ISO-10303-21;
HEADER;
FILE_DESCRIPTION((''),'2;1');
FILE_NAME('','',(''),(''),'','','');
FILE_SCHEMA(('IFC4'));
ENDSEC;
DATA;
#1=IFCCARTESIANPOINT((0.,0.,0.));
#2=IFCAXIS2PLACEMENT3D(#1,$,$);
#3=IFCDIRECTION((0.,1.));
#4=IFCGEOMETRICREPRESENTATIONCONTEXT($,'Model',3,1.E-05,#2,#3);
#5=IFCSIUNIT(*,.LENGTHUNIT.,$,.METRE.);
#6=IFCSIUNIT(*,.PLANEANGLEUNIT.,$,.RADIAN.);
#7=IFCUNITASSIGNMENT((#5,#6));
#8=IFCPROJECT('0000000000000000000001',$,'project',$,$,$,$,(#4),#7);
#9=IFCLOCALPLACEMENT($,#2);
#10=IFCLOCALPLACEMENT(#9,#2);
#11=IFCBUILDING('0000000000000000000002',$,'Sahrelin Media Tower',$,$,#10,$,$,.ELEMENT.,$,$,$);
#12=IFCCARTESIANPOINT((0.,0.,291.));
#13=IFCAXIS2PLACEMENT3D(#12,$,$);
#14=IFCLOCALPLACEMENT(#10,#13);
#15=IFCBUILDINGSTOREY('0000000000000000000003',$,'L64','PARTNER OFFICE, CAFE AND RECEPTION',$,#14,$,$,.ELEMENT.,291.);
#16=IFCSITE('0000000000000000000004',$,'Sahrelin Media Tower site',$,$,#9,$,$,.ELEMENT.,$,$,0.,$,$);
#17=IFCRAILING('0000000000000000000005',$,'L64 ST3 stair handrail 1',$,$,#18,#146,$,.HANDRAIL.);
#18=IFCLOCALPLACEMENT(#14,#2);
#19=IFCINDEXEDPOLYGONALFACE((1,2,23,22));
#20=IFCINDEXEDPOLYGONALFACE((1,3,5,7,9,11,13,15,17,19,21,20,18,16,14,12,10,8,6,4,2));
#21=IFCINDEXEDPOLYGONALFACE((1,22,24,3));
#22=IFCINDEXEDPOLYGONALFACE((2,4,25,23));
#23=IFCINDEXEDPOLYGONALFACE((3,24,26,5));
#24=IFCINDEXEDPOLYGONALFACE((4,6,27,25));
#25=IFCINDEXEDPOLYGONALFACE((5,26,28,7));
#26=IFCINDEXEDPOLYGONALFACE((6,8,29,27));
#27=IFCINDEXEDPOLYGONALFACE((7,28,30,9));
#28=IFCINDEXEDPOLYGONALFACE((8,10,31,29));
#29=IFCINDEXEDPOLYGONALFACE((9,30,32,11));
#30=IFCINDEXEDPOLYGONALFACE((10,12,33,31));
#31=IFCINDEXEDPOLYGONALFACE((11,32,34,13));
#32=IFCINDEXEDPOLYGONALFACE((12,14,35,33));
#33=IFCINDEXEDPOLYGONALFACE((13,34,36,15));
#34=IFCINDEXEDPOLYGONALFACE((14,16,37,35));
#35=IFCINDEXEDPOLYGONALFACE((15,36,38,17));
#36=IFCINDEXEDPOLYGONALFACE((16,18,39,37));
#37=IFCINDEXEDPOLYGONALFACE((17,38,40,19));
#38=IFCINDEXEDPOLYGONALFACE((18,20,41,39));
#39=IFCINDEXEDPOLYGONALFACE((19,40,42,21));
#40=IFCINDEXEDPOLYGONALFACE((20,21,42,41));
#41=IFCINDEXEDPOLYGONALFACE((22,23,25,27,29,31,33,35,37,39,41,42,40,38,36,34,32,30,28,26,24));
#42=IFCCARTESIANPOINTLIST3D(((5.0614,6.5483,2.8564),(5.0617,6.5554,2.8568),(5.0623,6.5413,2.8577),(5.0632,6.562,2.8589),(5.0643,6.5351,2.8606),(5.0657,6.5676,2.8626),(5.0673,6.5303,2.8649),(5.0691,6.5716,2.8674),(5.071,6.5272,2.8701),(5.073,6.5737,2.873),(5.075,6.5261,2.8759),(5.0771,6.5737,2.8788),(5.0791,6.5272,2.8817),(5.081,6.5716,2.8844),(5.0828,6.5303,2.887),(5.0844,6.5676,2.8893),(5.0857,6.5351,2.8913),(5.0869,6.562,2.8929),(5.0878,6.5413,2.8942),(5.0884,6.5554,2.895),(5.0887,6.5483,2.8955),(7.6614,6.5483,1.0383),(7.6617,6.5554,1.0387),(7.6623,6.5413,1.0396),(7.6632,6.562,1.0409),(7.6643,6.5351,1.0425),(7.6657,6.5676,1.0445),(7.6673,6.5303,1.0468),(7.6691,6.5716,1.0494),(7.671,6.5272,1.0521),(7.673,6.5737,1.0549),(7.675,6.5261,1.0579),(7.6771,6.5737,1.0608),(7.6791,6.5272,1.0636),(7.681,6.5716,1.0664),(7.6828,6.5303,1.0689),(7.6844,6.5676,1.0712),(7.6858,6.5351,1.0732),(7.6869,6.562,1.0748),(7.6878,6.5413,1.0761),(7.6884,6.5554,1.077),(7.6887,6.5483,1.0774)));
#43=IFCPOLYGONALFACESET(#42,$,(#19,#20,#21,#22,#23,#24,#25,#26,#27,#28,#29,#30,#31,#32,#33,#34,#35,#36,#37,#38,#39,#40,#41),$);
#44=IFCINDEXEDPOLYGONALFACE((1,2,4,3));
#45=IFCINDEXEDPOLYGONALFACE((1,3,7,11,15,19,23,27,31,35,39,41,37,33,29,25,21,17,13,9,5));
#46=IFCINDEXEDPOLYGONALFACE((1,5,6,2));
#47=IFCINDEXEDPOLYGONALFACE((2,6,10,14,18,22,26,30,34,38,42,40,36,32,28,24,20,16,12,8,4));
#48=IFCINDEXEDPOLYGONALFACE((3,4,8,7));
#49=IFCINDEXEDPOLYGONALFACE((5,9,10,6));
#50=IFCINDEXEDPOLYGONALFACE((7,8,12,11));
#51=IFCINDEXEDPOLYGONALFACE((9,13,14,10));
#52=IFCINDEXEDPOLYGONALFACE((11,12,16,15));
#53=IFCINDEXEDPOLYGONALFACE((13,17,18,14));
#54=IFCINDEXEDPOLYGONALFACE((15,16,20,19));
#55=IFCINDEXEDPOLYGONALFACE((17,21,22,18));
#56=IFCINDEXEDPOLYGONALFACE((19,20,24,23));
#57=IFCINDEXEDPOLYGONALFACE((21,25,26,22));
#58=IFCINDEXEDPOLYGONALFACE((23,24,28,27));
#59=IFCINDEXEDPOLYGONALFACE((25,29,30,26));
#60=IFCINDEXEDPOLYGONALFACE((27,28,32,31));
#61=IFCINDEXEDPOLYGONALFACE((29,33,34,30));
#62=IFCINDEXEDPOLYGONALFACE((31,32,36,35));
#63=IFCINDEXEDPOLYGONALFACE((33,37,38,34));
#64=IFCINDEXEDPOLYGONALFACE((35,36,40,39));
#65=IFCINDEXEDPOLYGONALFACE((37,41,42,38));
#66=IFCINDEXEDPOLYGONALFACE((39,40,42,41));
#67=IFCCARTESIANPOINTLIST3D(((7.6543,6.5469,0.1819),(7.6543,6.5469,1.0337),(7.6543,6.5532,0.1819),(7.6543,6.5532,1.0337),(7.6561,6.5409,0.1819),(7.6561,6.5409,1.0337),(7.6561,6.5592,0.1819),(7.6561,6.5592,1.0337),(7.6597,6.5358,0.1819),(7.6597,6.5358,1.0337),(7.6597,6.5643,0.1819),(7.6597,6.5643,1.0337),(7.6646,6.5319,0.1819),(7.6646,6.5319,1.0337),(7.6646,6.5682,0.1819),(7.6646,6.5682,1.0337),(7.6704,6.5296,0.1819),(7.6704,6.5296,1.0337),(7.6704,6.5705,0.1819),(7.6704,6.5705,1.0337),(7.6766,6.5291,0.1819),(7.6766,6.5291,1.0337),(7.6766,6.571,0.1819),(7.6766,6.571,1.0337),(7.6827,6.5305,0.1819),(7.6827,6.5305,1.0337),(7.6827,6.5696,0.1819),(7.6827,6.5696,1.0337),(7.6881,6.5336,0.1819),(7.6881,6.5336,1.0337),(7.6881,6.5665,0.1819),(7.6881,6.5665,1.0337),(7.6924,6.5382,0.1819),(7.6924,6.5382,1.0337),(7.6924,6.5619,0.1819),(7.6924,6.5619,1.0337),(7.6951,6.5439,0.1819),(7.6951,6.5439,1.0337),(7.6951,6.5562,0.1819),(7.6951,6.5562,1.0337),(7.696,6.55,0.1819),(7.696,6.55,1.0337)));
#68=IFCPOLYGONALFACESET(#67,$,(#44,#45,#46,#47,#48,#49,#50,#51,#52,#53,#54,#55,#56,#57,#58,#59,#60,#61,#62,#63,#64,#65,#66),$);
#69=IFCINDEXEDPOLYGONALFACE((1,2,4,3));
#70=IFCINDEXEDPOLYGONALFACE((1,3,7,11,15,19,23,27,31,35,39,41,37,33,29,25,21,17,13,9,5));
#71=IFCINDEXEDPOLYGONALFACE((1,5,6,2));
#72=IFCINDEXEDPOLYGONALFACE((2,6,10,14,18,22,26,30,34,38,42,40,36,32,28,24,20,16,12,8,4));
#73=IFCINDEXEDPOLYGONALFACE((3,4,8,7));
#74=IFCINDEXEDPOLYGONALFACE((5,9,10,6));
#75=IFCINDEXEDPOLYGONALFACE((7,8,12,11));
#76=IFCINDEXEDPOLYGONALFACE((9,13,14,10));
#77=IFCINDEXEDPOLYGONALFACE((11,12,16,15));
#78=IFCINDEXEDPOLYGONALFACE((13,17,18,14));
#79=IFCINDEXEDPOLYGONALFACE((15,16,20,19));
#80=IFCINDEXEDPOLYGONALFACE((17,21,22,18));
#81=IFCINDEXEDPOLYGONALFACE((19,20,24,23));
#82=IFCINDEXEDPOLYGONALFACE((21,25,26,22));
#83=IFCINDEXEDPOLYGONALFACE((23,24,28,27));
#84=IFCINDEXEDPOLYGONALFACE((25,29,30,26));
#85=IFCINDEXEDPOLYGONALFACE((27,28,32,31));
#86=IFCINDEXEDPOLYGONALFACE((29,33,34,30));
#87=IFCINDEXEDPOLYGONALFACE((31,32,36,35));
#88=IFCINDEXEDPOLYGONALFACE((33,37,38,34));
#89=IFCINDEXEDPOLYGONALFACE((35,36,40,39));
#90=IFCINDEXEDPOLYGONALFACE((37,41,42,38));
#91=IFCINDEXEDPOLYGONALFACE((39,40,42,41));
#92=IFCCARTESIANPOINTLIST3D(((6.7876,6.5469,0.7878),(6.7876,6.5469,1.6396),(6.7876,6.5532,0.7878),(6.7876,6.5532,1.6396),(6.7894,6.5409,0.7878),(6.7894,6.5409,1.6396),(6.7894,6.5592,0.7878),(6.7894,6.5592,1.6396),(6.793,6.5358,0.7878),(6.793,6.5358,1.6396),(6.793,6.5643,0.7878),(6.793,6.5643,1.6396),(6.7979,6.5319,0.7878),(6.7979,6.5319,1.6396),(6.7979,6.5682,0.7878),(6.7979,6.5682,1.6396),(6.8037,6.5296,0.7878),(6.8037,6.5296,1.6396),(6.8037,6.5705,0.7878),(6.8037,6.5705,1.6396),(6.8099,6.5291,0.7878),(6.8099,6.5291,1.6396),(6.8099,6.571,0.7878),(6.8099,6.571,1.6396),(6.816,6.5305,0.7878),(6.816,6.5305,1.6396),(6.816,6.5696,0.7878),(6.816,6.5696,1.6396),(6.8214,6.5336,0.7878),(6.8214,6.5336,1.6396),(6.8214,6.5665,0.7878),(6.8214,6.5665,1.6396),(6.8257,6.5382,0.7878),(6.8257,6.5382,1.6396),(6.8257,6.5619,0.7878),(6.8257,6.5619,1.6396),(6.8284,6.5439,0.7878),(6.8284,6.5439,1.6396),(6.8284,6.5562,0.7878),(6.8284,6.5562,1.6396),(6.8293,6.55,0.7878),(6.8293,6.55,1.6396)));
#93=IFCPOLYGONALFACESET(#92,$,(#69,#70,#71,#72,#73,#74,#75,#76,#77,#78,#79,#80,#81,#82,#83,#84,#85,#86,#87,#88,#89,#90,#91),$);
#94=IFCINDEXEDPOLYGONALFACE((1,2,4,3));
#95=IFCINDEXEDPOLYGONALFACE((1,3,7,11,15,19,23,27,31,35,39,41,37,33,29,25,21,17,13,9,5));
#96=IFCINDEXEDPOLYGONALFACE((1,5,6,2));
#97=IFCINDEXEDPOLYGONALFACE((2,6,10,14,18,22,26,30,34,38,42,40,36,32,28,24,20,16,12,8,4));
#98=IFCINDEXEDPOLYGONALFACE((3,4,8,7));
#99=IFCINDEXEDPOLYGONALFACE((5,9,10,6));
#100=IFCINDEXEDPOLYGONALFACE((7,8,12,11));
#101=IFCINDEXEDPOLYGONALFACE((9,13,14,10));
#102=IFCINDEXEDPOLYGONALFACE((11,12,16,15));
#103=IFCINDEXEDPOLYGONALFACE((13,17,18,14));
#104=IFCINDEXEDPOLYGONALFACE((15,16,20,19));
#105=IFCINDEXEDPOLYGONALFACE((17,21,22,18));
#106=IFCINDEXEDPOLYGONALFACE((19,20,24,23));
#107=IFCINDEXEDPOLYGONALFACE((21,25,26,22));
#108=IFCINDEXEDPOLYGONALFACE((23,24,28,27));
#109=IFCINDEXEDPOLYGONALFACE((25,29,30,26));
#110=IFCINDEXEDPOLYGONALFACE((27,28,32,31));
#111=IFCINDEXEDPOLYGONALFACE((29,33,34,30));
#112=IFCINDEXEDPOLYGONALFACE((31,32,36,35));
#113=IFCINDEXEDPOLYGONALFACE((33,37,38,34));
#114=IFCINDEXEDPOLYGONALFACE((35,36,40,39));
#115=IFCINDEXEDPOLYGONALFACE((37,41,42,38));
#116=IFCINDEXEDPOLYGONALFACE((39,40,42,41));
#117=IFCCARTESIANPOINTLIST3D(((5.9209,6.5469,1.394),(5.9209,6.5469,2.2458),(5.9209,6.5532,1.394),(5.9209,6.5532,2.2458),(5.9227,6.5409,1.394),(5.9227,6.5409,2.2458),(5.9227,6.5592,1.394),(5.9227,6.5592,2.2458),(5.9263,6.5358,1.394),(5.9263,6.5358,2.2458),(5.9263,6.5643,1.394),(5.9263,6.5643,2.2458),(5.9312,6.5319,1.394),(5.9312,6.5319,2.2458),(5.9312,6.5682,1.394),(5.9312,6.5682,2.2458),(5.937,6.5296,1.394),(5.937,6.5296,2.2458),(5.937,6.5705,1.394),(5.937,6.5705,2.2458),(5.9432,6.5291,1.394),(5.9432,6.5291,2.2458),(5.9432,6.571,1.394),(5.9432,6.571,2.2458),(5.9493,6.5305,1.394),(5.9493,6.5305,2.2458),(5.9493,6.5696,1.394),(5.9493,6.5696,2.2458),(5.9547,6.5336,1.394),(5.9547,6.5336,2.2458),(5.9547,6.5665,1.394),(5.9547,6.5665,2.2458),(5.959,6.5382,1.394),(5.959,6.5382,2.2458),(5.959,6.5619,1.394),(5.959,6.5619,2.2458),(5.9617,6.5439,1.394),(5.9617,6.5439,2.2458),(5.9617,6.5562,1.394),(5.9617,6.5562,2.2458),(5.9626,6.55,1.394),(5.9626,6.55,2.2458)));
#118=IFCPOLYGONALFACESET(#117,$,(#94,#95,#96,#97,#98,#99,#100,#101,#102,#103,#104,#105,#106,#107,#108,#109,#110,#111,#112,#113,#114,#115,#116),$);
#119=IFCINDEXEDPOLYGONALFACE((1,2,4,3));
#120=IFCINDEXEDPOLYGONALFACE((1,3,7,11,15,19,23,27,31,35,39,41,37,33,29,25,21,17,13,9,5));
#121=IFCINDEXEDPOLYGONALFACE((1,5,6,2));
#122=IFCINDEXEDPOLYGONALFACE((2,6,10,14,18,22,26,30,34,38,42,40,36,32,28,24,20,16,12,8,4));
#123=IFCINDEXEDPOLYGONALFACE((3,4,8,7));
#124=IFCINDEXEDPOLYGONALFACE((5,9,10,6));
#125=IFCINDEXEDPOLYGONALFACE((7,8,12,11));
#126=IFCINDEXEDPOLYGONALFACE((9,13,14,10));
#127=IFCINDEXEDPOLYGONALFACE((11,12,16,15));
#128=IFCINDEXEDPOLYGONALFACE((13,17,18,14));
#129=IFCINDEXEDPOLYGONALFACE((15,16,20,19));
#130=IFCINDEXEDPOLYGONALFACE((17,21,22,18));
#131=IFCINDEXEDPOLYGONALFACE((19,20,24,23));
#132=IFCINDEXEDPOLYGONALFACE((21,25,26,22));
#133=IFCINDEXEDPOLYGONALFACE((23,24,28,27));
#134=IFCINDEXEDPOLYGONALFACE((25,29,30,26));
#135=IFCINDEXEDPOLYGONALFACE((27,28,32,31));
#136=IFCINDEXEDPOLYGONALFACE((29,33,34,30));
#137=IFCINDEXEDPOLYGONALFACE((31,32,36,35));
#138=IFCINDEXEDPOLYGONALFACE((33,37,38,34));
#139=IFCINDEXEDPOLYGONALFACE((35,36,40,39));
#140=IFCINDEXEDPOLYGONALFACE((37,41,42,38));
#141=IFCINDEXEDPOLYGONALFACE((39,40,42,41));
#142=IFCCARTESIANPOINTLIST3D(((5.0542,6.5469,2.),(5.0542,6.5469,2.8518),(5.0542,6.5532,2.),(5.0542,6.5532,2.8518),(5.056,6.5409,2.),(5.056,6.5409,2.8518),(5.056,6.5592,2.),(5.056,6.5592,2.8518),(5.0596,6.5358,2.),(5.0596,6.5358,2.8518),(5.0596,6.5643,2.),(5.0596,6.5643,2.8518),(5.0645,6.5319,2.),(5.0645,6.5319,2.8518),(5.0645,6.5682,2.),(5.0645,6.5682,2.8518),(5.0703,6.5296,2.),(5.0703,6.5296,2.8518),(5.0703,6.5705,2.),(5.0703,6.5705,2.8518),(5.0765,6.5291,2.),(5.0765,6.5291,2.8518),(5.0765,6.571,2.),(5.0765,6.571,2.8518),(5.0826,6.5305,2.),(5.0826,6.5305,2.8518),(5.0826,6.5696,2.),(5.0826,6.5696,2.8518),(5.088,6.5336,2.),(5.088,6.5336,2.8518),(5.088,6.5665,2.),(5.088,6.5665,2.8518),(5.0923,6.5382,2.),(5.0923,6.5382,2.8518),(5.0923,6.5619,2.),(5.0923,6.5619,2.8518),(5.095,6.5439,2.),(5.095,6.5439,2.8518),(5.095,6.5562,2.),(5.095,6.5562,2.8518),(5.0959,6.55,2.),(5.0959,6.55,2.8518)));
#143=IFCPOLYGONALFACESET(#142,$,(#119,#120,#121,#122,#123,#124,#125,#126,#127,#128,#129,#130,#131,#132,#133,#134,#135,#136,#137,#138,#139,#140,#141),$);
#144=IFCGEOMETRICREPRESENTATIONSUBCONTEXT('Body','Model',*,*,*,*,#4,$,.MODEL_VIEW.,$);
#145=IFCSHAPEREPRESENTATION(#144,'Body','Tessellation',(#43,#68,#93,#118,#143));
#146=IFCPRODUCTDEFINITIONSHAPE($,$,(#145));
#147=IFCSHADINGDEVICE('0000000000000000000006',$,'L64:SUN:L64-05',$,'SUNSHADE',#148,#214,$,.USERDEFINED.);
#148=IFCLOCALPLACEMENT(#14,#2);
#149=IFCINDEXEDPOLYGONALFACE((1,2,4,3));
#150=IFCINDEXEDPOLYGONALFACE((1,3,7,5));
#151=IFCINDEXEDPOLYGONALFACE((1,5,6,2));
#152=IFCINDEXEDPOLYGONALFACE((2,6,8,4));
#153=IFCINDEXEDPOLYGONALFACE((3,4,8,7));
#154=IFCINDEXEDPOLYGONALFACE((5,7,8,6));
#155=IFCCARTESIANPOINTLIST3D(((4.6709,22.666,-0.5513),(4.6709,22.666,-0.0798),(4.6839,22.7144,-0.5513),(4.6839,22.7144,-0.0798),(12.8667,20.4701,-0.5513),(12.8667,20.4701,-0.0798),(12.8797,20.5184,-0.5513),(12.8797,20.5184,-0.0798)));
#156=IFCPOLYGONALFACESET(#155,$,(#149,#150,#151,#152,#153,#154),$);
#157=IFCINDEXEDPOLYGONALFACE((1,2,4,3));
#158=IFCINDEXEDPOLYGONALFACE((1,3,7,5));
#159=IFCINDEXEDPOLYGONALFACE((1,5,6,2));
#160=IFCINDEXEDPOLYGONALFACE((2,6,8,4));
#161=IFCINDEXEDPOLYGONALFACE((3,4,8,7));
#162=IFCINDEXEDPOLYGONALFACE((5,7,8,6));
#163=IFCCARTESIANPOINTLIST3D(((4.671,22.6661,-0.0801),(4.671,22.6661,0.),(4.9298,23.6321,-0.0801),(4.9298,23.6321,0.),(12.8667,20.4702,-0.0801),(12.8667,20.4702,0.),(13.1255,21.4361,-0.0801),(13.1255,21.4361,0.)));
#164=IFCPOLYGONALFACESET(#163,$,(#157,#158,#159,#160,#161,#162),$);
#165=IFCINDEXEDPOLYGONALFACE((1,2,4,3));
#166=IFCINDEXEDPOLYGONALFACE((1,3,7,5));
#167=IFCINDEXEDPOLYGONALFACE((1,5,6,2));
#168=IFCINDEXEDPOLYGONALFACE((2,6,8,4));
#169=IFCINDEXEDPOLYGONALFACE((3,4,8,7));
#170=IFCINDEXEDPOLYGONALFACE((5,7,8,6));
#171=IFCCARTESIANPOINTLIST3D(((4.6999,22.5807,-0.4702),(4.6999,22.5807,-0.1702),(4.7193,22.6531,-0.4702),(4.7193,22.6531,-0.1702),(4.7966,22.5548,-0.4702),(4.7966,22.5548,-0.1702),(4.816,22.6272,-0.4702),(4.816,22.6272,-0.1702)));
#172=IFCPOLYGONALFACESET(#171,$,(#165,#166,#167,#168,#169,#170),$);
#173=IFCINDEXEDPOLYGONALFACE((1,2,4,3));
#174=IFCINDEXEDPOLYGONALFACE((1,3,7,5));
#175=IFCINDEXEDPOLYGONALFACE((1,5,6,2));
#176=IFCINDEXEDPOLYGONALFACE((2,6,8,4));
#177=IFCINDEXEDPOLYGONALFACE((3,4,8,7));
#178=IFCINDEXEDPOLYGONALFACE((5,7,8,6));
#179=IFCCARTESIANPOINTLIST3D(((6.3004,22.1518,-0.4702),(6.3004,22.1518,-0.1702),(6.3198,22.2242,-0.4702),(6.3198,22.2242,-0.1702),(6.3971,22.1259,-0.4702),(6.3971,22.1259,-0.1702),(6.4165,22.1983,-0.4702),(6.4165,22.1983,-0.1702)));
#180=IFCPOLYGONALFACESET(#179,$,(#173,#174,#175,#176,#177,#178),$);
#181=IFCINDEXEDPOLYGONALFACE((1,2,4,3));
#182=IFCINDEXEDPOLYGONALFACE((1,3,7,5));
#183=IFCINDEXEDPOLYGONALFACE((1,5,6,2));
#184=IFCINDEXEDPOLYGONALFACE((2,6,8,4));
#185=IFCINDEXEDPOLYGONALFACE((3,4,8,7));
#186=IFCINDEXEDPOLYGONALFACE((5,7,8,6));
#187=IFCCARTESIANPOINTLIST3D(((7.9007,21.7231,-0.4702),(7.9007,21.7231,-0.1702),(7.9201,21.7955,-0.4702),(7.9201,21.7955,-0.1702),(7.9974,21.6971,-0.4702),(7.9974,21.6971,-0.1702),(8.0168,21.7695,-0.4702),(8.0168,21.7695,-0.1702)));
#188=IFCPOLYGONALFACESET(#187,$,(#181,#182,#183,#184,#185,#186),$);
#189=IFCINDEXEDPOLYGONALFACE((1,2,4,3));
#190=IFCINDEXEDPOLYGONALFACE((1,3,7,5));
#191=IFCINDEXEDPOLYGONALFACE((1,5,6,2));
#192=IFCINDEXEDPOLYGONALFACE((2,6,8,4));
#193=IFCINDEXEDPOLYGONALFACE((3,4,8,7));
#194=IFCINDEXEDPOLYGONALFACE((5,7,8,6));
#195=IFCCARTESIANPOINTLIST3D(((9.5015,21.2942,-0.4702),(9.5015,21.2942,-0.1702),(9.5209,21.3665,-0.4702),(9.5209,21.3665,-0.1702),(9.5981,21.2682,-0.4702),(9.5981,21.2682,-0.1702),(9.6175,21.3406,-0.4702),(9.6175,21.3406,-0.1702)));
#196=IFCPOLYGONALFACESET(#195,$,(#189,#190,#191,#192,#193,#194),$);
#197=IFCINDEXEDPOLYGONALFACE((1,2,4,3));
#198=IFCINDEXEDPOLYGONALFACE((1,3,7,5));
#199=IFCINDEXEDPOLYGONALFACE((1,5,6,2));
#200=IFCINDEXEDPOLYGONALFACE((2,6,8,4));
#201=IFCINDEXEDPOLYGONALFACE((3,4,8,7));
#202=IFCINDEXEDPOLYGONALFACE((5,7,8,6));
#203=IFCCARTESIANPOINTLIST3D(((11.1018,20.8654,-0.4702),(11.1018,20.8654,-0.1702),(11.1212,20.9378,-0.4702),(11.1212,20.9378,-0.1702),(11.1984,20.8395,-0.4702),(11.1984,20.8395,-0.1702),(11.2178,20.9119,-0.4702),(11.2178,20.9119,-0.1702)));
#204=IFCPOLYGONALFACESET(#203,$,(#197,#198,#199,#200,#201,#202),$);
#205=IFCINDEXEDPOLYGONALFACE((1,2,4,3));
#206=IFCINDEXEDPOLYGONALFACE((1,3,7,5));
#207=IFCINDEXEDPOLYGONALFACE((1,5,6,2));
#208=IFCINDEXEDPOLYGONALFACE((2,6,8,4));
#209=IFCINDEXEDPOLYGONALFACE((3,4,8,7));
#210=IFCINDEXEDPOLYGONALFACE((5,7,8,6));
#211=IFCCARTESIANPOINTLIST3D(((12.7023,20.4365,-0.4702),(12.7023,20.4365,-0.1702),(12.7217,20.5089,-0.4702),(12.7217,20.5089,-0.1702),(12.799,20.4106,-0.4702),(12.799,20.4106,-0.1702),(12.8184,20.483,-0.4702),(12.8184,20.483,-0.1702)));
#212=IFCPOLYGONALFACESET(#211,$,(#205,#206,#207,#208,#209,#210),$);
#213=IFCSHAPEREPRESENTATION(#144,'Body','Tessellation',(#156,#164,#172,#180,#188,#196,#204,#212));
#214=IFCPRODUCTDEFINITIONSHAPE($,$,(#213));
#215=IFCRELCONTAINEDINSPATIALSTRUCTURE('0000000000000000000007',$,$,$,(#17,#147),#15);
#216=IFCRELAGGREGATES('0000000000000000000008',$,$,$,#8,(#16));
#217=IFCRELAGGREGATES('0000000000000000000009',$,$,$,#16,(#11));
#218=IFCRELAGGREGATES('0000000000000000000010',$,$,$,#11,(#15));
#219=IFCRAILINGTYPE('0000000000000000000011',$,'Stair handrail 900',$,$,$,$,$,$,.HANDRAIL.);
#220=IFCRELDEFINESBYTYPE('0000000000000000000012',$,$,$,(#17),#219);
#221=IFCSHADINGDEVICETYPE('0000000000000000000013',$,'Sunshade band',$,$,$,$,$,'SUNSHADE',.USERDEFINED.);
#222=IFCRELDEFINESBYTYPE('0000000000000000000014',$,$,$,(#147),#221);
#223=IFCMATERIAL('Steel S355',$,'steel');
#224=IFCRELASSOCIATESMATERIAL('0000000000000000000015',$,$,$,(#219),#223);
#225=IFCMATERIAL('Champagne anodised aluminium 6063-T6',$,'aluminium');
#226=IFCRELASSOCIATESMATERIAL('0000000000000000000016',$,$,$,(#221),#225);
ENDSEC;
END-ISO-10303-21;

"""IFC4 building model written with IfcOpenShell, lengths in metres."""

from ifc_helpers import new_model, si_unit, direction, frame, origin, origin_2d, place, context, subcontext, project, spatial, rectangle, circle, extrude, material, type_object, element, save


model = new_model("IFC4")

# Units and contexts
model_context = context("Model", 3, precision=1e-05, world=origin(), true_north=direction((0.0, 1.0)))
body_context = subcontext(model_context, "Body", "Model", "MODEL_VIEW")
ifc_project = project(units=[si_unit("LENGTHUNIT", "METRE"), si_unit("PLANEANGLEUNIT", "RADIAN")], contexts=[model_context])

# Site, building, storey
site_placement = place(None, origin())
site = spatial("IfcSite", under=ifc_project, at=site_placement, Name="Sahrelin Media Tower site", CompositionType="ELEMENT", RefElevation=0.0)
building_placement = place(site_placement, origin())
building = spatial("IfcBuilding", under=site, at=building_placement, Name="Sahrelin Media Tower", CompositionType="ELEMENT")
storey_placement = place(building_placement, frame((0.0, 0.0, 291.0)))
storey = spatial("IfcBuildingStorey", under=building, at=storey_placement, Name="L64", Description="PARTNER OFFICE, CAFE AND RECEPTION", CompositionType="ELEMENT", Elevation=291.0)

# Shared definitions
ifc_material_1 = material(Name="Steel S355", Category="steel")

# Shared definitions
ifc_material_2 = material(Name="Champagne anodised aluminium 6063-T6", Category="aluminium")

# Shared definitions
placement_1 = place(storey_placement, frame((8.7637, 21.5488, 0.0), z_axis=(0.0, 0.0, 1.0), x_axis=(0.965929, -0.258808, 0.0)))

# Railing
railing_type = type_object("IfcRailingType", Name="Stair handrail 900", PredefinedType="HANDRAIL", material=ifc_material_1)
railing_placement = place(storey_placement, frame((7.675, 6.55, 0.1819)))
element("IfcRailing", 1, at=railing_placement, inside=storey, type_object=railing_type, Name="L64 ST3 stair handrail 1", PredefinedType="HANDRAIL", context=body_context, shape_type="SweptSolid", body=[
    extrude(circle(Radius=0.0239, at=origin_2d()), frame((0.0, 0.0, 0.876), z_axis=(-0.819521, 0.0, 0.573049), x_axis=(0.0, -1.0, 0.0)), (0.0, 0.0, 1.0), 3.1726),
    extrude(circle(Radius=0.021, at=origin_2d()), origin(), (0.0, 0.0, 1.0), 0.8518),
    extrude(circle(Radius=0.021, at=origin_2d()), frame((-0.8667, 0.0, 0.606)), (0.0, 0.0, 1.0), 0.8518),
    extrude(circle(Radius=0.021, at=origin_2d()), frame((-1.7334, 0.0, 1.2122)), (0.0, 0.0, 1.0), 0.8518),
    extrude(circle(Radius=0.021, at=origin_2d()), frame((-2.6001, 0.0, 1.8181)), (0.0, 0.0, 1.0), 0.8518),
])

# Shading device
shading_device_type_1 = type_object("IfcShadingDeviceType", Name="Sunshade band", ElementType="SUNSHADE", PredefinedType="USERDEFINED", material=ifc_material_2)
element("IfcShadingDevice", 2, at=placement_1, inside=storey, type_object=shading_device_type_1, Name="L64:SUN:L64-05", ObjectType="SUNSHADE", PredefinedType="USERDEFINED", context=body_context, shape_type="SweptSolid", body=[
    extrude(rectangle(XDim=8.4849, YDim=0.05, at=origin_2d()), frame((0.0, 0.0449, -0.5513)), (0.0, 0.0, 1.0), 0.4714),
    extrude(rectangle(XDim=8.4849, YDim=1.0, at=origin_2d()), frame((0.0, 0.52, -0.0801)), (0.0, 0.0, 1.0), 0.0801),
    extrude(rectangle(XDim=0.1001, YDim=0.075, at=origin_2d()), frame((-4.1423, -0.0176, -0.4702)), (0.0, 0.0, 1.0), 0.3),
    extrude(rectangle(XDim=0.1001, YDim=0.075, at=origin_2d()), frame((-2.4854, -0.0176, -0.4702)), (0.0, 0.0, 1.0), 0.3),
    extrude(rectangle(XDim=0.1001, YDim=0.075, at=origin_2d()), frame((-0.8286, -0.0176, -0.4702)), (0.0, 0.0, 1.0), 0.3),
    extrude(rectangle(XDim=0.1001, YDim=0.075, at=origin_2d()), frame((0.8286, -0.0176, -0.4702)), (0.0, 0.0, 1.0), 0.3),
    extrude(rectangle(XDim=0.1001, YDim=0.075, at=origin_2d()), frame((2.4854, -0.0176, -0.4702)), (0.0, 0.0, 1.0), 0.3),
    extrude(rectangle(XDim=0.1001, YDim=0.075, at=origin_2d()), frame((4.1423, -0.0176, -0.4702)), (0.0, 0.0, 1.0), 0.3),
])

save(model, "model.ifc")
